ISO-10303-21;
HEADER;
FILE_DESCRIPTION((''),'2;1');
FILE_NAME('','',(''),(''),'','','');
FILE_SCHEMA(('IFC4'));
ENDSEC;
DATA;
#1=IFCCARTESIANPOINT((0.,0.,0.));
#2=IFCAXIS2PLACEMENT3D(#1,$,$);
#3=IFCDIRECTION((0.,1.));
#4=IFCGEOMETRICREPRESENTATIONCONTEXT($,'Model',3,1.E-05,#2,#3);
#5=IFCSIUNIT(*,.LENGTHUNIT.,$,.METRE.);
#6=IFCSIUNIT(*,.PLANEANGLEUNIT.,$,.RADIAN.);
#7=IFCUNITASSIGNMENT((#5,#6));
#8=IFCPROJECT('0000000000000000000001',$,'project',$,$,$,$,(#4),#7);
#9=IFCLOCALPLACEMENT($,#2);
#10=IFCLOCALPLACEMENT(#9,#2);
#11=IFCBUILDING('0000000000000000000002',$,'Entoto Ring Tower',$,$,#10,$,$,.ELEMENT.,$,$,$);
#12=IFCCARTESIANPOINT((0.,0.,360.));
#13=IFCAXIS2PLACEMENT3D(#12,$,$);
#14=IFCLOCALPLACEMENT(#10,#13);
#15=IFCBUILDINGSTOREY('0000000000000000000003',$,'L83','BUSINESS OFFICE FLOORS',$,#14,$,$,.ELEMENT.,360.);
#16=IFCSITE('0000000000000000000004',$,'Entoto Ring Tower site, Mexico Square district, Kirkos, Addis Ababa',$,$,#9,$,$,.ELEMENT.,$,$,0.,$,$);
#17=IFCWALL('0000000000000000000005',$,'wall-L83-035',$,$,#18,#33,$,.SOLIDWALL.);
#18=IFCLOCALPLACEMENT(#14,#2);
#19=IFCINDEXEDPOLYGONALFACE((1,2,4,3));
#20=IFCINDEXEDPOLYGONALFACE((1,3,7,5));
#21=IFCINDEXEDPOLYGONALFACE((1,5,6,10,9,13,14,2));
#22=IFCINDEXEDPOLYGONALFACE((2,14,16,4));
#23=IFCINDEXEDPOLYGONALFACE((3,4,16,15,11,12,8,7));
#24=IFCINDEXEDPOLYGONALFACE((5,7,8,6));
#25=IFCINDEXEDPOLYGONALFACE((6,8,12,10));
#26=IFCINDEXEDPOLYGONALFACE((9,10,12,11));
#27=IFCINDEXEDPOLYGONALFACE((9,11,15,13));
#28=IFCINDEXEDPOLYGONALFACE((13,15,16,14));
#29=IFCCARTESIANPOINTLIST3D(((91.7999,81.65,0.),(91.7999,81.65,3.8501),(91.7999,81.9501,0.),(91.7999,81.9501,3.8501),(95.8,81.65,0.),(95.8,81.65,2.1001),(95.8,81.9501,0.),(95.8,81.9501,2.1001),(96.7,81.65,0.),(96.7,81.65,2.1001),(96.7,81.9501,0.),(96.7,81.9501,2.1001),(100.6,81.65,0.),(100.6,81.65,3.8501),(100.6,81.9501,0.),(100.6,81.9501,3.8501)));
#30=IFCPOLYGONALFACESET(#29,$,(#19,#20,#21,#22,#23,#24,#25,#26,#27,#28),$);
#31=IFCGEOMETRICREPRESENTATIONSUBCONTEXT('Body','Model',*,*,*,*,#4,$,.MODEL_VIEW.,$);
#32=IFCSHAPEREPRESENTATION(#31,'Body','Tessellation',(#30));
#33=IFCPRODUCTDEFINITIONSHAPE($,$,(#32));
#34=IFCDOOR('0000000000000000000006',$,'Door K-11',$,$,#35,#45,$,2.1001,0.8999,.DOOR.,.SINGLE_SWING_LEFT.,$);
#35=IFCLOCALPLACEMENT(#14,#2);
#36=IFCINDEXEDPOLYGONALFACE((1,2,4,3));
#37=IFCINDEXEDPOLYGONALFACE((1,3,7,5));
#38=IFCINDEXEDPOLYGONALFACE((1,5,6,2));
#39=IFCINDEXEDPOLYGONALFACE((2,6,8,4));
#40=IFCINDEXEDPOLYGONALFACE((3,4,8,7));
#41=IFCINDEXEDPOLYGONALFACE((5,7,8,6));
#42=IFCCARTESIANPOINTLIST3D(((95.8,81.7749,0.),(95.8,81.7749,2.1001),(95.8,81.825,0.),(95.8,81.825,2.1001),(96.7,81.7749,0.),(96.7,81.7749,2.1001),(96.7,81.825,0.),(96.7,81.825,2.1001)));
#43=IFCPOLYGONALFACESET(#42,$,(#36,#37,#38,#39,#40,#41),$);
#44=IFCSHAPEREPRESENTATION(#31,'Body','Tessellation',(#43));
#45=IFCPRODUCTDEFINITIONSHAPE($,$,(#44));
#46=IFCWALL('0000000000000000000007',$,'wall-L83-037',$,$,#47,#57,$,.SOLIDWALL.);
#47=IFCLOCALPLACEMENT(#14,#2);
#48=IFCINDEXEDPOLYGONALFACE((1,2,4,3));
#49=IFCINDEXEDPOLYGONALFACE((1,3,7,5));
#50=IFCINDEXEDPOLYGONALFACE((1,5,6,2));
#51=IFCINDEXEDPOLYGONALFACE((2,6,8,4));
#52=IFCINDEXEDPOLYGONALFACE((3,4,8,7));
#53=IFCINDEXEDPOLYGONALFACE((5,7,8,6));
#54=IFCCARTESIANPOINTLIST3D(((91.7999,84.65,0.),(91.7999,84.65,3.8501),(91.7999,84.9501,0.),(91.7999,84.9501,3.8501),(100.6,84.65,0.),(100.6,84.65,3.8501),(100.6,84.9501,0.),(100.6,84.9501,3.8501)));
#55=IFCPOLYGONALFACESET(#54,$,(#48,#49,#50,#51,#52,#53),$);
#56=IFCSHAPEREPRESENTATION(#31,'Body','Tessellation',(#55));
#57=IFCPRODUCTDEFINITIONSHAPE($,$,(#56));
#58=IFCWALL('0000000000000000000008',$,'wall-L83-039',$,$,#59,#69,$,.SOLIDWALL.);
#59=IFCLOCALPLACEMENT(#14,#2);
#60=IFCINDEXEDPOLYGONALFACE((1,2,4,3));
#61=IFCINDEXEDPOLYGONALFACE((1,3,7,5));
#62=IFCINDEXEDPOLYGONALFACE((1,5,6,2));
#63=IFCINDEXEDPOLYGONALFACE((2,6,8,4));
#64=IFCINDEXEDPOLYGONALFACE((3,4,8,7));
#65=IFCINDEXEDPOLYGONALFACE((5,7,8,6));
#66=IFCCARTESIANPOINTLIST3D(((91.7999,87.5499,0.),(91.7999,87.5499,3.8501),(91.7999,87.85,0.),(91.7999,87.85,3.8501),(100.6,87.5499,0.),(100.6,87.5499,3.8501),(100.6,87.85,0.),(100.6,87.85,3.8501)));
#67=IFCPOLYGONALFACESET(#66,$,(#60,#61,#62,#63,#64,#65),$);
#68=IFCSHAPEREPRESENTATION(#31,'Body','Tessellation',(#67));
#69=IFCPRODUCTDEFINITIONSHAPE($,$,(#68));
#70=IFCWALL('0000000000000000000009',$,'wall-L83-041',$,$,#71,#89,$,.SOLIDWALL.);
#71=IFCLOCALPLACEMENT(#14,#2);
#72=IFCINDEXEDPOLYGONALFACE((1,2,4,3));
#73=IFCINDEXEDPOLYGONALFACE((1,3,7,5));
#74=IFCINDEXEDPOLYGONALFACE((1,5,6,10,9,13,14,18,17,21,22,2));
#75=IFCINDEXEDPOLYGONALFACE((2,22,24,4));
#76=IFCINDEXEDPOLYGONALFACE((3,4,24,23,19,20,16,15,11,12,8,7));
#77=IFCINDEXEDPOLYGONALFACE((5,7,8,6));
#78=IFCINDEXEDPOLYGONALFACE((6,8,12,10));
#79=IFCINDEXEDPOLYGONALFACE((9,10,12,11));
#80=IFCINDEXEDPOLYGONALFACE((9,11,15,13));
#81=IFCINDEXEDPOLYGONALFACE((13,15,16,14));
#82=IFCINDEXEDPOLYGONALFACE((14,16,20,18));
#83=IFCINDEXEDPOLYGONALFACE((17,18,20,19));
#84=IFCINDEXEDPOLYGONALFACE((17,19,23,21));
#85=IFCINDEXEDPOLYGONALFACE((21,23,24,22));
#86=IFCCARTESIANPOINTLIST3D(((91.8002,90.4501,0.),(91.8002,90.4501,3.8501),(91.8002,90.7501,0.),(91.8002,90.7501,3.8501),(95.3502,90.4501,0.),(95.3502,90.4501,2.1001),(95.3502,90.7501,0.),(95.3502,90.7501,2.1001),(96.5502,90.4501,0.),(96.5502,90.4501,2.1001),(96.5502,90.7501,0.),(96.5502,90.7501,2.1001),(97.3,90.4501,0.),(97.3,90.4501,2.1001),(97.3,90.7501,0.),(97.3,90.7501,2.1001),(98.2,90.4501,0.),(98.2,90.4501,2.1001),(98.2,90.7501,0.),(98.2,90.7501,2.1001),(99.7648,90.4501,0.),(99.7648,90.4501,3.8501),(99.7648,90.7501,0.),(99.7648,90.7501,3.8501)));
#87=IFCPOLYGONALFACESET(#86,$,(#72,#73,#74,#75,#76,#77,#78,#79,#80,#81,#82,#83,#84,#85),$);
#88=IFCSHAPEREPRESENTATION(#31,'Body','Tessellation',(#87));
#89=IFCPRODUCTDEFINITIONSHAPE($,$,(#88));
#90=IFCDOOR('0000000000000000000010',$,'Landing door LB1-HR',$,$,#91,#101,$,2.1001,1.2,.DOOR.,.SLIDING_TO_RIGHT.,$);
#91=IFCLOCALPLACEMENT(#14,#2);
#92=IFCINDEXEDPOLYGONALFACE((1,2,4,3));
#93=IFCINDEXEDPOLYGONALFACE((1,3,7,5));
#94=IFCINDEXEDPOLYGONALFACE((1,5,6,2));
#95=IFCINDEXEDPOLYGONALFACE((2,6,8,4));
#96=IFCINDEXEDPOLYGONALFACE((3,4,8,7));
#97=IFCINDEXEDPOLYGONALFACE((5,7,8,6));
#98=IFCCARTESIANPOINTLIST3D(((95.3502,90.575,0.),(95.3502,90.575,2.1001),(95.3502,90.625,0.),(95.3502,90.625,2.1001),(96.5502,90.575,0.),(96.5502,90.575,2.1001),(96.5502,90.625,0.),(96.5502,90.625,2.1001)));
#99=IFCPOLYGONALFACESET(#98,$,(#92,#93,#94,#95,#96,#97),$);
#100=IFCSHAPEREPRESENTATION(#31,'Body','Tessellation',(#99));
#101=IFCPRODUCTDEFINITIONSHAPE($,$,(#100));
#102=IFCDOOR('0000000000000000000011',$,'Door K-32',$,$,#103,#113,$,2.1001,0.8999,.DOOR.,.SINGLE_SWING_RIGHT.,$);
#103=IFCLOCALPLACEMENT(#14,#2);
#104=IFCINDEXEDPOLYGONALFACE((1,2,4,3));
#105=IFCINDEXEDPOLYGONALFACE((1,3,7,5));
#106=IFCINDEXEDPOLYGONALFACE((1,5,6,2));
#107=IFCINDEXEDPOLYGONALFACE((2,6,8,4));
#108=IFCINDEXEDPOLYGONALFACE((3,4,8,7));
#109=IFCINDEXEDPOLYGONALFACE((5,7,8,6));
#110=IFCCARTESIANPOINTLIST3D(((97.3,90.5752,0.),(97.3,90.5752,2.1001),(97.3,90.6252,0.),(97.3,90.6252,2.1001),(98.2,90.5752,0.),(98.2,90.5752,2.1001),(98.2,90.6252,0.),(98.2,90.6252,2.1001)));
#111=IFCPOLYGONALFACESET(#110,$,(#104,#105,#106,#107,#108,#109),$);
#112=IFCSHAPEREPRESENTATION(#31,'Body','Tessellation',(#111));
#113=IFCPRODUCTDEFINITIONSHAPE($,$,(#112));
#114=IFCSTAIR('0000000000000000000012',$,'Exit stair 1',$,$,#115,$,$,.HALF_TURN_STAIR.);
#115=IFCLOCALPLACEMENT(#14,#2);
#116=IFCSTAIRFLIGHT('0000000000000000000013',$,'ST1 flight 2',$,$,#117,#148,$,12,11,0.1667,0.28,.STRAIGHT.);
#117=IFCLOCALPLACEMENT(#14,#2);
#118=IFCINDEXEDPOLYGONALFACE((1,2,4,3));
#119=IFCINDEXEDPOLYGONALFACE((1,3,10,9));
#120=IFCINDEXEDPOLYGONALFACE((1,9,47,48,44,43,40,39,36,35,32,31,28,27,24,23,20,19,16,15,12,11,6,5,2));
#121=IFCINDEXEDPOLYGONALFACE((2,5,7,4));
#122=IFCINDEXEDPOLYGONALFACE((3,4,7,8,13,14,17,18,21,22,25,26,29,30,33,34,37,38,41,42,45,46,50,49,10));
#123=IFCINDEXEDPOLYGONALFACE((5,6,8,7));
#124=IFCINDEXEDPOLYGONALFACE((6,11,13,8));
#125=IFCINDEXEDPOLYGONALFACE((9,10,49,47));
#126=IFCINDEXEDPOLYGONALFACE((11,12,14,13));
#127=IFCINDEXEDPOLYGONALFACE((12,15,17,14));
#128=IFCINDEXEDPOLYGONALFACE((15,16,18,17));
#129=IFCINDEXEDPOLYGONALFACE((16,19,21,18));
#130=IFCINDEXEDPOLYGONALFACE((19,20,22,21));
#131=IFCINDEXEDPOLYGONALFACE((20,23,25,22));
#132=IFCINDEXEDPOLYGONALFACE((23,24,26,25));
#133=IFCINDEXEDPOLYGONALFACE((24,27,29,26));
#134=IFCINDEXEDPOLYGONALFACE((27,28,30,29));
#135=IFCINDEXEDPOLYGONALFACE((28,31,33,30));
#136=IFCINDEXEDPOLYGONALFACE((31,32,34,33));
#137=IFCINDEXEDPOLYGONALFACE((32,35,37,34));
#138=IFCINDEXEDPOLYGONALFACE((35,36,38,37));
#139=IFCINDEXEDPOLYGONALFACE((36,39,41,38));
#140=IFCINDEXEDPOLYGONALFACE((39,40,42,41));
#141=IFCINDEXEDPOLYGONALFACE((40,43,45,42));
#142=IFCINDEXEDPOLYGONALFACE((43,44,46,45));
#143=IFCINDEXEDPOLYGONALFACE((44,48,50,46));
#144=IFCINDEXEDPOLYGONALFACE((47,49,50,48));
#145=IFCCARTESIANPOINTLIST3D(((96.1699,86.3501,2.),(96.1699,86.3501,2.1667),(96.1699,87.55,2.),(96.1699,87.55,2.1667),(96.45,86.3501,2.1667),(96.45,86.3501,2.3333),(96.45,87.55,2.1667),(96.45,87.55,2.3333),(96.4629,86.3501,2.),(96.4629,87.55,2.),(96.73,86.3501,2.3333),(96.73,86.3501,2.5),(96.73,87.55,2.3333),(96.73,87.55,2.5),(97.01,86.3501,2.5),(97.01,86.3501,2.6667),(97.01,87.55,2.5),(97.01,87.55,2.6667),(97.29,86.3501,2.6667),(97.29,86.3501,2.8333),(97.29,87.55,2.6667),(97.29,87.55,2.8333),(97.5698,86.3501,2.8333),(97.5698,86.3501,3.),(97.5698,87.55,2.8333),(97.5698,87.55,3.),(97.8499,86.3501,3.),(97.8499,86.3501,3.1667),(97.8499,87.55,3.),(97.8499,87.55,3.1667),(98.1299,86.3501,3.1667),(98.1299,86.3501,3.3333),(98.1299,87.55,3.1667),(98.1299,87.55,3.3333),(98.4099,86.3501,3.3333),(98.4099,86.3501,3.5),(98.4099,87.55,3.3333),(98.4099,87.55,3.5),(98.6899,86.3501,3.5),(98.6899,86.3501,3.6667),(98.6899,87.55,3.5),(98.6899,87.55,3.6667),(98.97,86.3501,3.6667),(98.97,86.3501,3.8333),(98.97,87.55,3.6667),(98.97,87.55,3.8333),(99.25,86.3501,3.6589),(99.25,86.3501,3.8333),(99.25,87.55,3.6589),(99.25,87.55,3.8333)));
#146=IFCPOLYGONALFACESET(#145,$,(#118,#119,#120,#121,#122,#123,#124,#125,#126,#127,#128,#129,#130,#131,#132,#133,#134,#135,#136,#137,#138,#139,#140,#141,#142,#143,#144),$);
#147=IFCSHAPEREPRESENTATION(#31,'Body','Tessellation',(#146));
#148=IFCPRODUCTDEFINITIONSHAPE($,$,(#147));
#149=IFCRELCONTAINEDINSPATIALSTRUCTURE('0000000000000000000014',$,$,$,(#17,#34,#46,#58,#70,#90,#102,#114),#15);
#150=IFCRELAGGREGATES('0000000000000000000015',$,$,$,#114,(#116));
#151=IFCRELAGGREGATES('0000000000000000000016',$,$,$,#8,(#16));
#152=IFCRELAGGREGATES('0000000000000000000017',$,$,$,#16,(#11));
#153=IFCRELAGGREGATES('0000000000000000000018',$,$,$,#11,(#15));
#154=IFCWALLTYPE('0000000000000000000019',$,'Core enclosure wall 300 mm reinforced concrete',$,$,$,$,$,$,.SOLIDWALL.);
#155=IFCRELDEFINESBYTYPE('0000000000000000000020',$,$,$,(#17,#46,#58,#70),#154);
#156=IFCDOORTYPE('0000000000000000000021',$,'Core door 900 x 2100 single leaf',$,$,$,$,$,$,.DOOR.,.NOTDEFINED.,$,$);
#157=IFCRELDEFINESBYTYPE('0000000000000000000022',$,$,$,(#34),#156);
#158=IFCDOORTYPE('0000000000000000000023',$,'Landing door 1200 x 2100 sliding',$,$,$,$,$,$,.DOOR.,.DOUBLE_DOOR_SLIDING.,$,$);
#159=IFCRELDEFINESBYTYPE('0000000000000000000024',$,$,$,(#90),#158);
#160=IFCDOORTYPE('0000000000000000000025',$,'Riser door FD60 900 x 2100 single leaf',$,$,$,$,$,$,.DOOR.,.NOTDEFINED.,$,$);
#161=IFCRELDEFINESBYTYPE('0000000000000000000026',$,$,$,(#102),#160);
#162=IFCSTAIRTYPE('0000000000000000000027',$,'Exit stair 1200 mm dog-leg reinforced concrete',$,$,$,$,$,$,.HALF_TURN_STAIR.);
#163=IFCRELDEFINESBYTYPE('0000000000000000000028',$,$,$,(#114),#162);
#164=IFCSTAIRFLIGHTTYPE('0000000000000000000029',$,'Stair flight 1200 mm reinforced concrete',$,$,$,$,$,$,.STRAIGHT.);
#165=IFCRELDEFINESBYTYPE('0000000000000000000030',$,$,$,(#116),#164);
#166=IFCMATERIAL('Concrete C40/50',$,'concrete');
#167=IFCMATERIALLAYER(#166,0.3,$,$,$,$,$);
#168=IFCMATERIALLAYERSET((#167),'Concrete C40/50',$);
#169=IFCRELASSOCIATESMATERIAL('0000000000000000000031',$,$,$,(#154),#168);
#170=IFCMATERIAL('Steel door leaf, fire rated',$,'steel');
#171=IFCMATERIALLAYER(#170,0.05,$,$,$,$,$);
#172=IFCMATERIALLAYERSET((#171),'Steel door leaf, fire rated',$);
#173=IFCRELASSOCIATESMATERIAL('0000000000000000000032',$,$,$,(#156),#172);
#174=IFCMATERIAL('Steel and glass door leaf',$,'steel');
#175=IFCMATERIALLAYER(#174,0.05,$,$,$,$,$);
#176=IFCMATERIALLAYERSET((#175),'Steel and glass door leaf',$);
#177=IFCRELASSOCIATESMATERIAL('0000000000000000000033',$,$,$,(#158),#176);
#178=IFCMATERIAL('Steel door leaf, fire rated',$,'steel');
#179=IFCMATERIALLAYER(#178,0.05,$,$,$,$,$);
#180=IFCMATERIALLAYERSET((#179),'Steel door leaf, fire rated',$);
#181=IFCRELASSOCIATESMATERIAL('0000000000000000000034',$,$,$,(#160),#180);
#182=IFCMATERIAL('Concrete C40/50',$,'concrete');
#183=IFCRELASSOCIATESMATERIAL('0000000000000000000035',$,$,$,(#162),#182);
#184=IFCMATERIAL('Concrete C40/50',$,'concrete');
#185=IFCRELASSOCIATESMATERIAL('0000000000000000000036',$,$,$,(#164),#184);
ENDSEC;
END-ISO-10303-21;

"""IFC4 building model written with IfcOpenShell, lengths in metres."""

from ifc_helpers import new_model, si_unit, direction, frame, frame_2d, origin, place, context, subcontext, project, spatial, polyline, rectangle, outline, extrude, material, layer, layer_set, type_object, element, fill, aggregate, save


model = new_model("IFC4")

# Units and contexts
model_context = context("Model", 3, precision=1e-05, world=origin(), true_north=direction((0.0, 1.0)))
body_context = subcontext(model_context, "Body", "Model", "MODEL_VIEW")
ifc_project = project(units=[si_unit("LENGTHUNIT", "METRE"), si_unit("PLANEANGLEUNIT", "RADIAN")], contexts=[model_context])

# Site, building, storey
site_placement = place(None, origin())
site = spatial("IfcSite", under=ifc_project, at=site_placement, Name="Entoto Ring Tower site, Mexico Square district, Kirkos, Addis Ababa", CompositionType="ELEMENT", RefElevation=0.0)
building_placement = place(site_placement, origin())
building = spatial("IfcBuilding", under=site, at=building_placement, Name="Entoto Ring Tower", CompositionType="ELEMENT")
storey_placement = place(building_placement, frame((0.0, 0.0, 360.0)))
storey = spatial("IfcBuildingStorey", under=building, at=storey_placement, Name="L83", Description="BUSINESS OFFICE FLOORS", CompositionType="ELEMENT", Elevation=360.0)

# Shared definitions
ifc_material_1 = material(Name="Concrete C40/50", Category="concrete")
ifc_layer_1 = layer(ifc_material_1, 0.3)
ifc_layer_set_1 = layer_set([ifc_layer_1], Name="Concrete C40/50")
wall_type = type_object("IfcWallType", Name="Core enclosure wall 300 mm reinforced concrete", PredefinedType="SOLIDWALL", material=ifc_layer_set_1)

# Shared definitions
ifc_material_2 = material(Name="Steel door leaf, fire rated", Category="steel")
ifc_layer_2 = layer(ifc_material_2, 0.05)
ifc_layer_set_2 = layer_set([ifc_layer_2], Name="Steel door leaf, fire rated")
door_type_1 = type_object("IfcDoorType", Name="Core door 900 x 2100 single leaf", OperationType="NOTDEFINED", PredefinedType="DOOR", material=ifc_layer_set_2)
ifc_material_3 = material(Name="Steel and glass door leaf", Category="steel")
ifc_layer_3 = layer(ifc_material_3, 0.05)
ifc_layer_set_3 = layer_set([ifc_layer_3], Name="Steel and glass door leaf")
door_type_2 = type_object("IfcDoorType", Name="Landing door 1200 x 2100 sliding", OperationType="DOUBLE_DOOR_SLIDING", PredefinedType="DOOR", material=ifc_layer_set_3)

# Wall, opening, door
wall_1_placement = place(storey_placement, frame((91.8, 81.8, 0.0), z_axis=(0.0, 0.0, 1.0), x_axis=(1.0, 0.0, 0.0)))
wall_1 = element("IfcWall", 1, at=wall_1_placement, inside=storey, type_object=wall_type, Name="wall-L83-035", PredefinedType="SOLIDWALL", context=body_context, shape_type="SweptSolid", body=[
    extrude(rectangle(XDim=8.8, YDim=0.3, at=frame_2d((4.3999, 0.0))), origin(), (0.0, 0.0, 1.0), 3.8501),
])
opening_1_placement = place(wall_1_placement, frame((4.0, 0.0, 0.0)))
opening_1 = element("IfcOpeningElement", 2, at=opening_1_placement, cuts=wall_1, PredefinedType="OPENING", context=body_context, shape_type="SweptSolid", body=[
    extrude(rectangle(XDim=0.8999, YDim=2.1001, at=frame_2d((0.45, 1.05))), frame((0.0, 0.1602, 0.0), z_axis=(0.0, -1.0, 0.0), x_axis=(1.0, 0.0, 0.0)), (0.0, 0.0, 1.0), 0.3201),
])
door_1_placement = place(opening_1_placement, origin())
door_1 = element("IfcDoor", 3, at=door_1_placement, inside=storey, type_object=door_type_1, Name="Door K-11", OperationType="SINGLE_SWING_LEFT", OverallHeight=2.1001, OverallWidth=0.8999, PredefinedType="DOOR", context=body_context, shape_type="SweptSolid", body=[
    extrude(rectangle(XDim=0.8999, YDim=2.1001, at=frame_2d((0.45, 1.05))), frame((0.0, 0.0249, 0.0), z_axis=(0.0, -1.0, 0.0), x_axis=(1.0, 0.0, 0.0)), (0.0, 0.0, 1.0), 0.05),
])
fill(opening_1, door_1)

# Walls
for number, where, z_axis, x_axis, name in (
    (4, (91.8, 84.8, 0.0), (0.0, 0.0, 1.0), (1.0, 0.0, 0.0), "wall-L83-037"),
    (5, (91.8, 87.7, 0.0), (0.0, 0.0, 1.0), (1.0, 0.0, 0.0), "wall-L83-039"),
):
    element("IfcWall", number, at=place(storey_placement, frame(where, z_axis=z_axis, x_axis=x_axis)), inside=storey, type_object=wall_type, Name=name, PredefinedType="SOLIDWALL", context=body_context, shape_type="SweptSolid", body=[
        extrude(rectangle(XDim=8.8, YDim=0.3, at=frame_2d((4.3999, 0.0))), origin(), (0.0, 0.0, 1.0), 3.8501),
    ])

# Wall, openings, doors
wall_2_placement = place(storey_placement, frame((91.8, 90.6001, 0.0), z_axis=(0.0, 0.0, 1.0), x_axis=(1.0, 0.0, 0.0)))
wall_2 = element("IfcWall", 6, at=wall_2_placement, inside=storey, type_object=wall_type, Name="wall-L83-041", PredefinedType="SOLIDWALL", context=body_context, shape_type="SweptSolid", body=[
    extrude(rectangle(XDim=7.9646, YDim=0.3, at=frame_2d((3.9824, 0.0))), origin(), (0.0, 0.0, 1.0), 3.8501),
])
opening_2_placement = place(wall_2_placement, frame((3.55, 0.0, 0.0)))
opening_2 = element("IfcOpeningElement", 7, at=opening_2_placement, cuts=wall_2, PredefinedType="OPENING", context=body_context, shape_type="SweptSolid", body=[
    extrude(rectangle(XDim=1.2, YDim=2.1001, at=frame_2d((0.6001, 1.05))), frame((0.0, 0.1602, 0.0), z_axis=(0.0, -1.0, 0.0), x_axis=(1.0, 0.0, 0.0)), (0.0, 0.0, 1.0), 0.3201),
])
opening_3_placement = place(wall_2_placement, frame((5.5, 0.0, 0.0)))
opening_3 = element("IfcOpeningElement", 8, at=opening_3_placement, cuts=wall_2, PredefinedType="OPENING", context=body_context, shape_type="SweptSolid", body=[
    extrude(rectangle(XDim=0.8999, YDim=2.1001, at=frame_2d((0.45, 1.05))), frame((0.0, 0.1602, 0.0), z_axis=(0.0, -1.0, 0.0), x_axis=(1.0, 0.0, 0.0)), (0.0, 0.0, 1.0), 0.3201),
])
door_2_placement = place(opening_2_placement, origin())
door_2 = element("IfcDoor", 9, at=door_2_placement, inside=storey, type_object=door_type_2, Name="Landing door LB1-HR", OperationType="SLIDING_TO_RIGHT", OverallHeight=2.1001, OverallWidth=1.2, PredefinedType="DOOR", context=body_context, shape_type="SweptSolid", body=[
    extrude(rectangle(XDim=1.2, YDim=2.1001, at=frame_2d((0.6001, 1.05))), frame((0.0, 0.0249, 0.0), z_axis=(0.0, -1.0, 0.0), x_axis=(1.0, 0.0, 0.0)), (0.0, 0.0, 1.0), 0.05),
])
fill(opening_2, door_2)
ifc_material_4 = material(Name="Steel door leaf, fire rated", Category="steel")
ifc_layer_4 = layer(ifc_material_4, 0.05)
ifc_layer_set_4 = layer_set([ifc_layer_4], Name="Steel door leaf, fire rated")
door_type_3 = type_object("IfcDoorType", Name="Riser door FD60 900 x 2100 single leaf", OperationType="NOTDEFINED", PredefinedType="DOOR", material=ifc_layer_set_4)
door_3_placement = place(opening_3_placement, frame((0.8999, 0.0, 0.0), z_axis=(0.0, 0.0, 1.0), x_axis=(-1.0, 0.0, 0.0)))
door_3 = element("IfcDoor", 10, at=door_3_placement, inside=storey, type_object=door_type_3, Name="Door K-32", OperationType="SINGLE_SWING_RIGHT", OverallHeight=2.1001, OverallWidth=0.8999, PredefinedType="DOOR", context=body_context, shape_type="SweptSolid", body=[
    extrude(rectangle(XDim=0.8999, YDim=2.1001, at=frame_2d((0.45, 1.05))), frame((0.0, 0.0249, 0.0), z_axis=(0.0, -1.0, 0.0), x_axis=(1.0, 0.0, 0.0)), (0.0, 0.0, 1.0), 0.05),
])
fill(opening_3, door_3)

# Stair, stair flight
ifc_material_5 = material(Name="Concrete C40/50", Category="concrete")
stair_type = type_object("IfcStairType", Name="Exit stair 1200 mm dog-leg reinforced concrete", PredefinedType="HALF_TURN_STAIR", material=ifc_material_5)
stair_placement = place(storey_placement, origin())
stair = element("IfcStair", 11, at=stair_placement, inside=storey, type_object=stair_type, Name="Exit stair 1", PredefinedType="HALF_TURN_STAIR")
ifc_material_6 = material(Name="Concrete C40/50", Category="concrete")
stair_flight_type = type_object("IfcStairFlightType", Name="Stair flight 1200 mm reinforced concrete", PredefinedType="STRAIGHT", material=ifc_material_6)
stair_flight_placement = place(storey_placement, frame((96.1699, 86.95, 2.0), z_axis=(0.0, 0.0, 1.0), x_axis=(1.0, 0.0, 0.0)))
stair_flight = element("IfcStairFlight", 12, at=stair_flight_placement, type_object=stair_flight_type, Name="ST1 flight 2", NumberOfRisers=12, NumberOfTreads=11, PredefinedType="STRAIGHT", RiserHeight=0.1667, TreadLength=0.28, context=body_context, shape_type="SweptSolid", body=[
    extrude(outline(polyline([(0.0, 0.0), (0.0, 0.1667), (0.28, 0.1667), (0.28, 0.3333), (0.5601, 0.3333), (0.5601, 0.5), (0.8401, 0.5), (0.8401, 0.6667), (1.1201, 0.6667), (1.1201, 0.8333), (1.3999, 0.8333), (1.3999, 1.0), (1.6799, 1.0), (1.6799, 1.1667), (1.96, 1.1667), (1.96, 1.3333), (2.24, 1.3333), (2.24, 1.5), (2.52, 1.5), (2.52, 1.6667), (2.8, 1.6667), (2.8, 1.8333), (3.0801, 1.8333), (3.0801, 2.0), (3.0801, 1.6589), (0.293, 0.0), (0.0, 0.0)])), frame((0.0, 0.6001, 0.0), z_axis=(0.0, -1.0, 0.0), x_axis=(1.0, 0.0, 0.0)), (0.0, 0.0, 1.0), 1.2),
])
aggregate(stair, [stair_flight])

save(model, "model.ifc")
